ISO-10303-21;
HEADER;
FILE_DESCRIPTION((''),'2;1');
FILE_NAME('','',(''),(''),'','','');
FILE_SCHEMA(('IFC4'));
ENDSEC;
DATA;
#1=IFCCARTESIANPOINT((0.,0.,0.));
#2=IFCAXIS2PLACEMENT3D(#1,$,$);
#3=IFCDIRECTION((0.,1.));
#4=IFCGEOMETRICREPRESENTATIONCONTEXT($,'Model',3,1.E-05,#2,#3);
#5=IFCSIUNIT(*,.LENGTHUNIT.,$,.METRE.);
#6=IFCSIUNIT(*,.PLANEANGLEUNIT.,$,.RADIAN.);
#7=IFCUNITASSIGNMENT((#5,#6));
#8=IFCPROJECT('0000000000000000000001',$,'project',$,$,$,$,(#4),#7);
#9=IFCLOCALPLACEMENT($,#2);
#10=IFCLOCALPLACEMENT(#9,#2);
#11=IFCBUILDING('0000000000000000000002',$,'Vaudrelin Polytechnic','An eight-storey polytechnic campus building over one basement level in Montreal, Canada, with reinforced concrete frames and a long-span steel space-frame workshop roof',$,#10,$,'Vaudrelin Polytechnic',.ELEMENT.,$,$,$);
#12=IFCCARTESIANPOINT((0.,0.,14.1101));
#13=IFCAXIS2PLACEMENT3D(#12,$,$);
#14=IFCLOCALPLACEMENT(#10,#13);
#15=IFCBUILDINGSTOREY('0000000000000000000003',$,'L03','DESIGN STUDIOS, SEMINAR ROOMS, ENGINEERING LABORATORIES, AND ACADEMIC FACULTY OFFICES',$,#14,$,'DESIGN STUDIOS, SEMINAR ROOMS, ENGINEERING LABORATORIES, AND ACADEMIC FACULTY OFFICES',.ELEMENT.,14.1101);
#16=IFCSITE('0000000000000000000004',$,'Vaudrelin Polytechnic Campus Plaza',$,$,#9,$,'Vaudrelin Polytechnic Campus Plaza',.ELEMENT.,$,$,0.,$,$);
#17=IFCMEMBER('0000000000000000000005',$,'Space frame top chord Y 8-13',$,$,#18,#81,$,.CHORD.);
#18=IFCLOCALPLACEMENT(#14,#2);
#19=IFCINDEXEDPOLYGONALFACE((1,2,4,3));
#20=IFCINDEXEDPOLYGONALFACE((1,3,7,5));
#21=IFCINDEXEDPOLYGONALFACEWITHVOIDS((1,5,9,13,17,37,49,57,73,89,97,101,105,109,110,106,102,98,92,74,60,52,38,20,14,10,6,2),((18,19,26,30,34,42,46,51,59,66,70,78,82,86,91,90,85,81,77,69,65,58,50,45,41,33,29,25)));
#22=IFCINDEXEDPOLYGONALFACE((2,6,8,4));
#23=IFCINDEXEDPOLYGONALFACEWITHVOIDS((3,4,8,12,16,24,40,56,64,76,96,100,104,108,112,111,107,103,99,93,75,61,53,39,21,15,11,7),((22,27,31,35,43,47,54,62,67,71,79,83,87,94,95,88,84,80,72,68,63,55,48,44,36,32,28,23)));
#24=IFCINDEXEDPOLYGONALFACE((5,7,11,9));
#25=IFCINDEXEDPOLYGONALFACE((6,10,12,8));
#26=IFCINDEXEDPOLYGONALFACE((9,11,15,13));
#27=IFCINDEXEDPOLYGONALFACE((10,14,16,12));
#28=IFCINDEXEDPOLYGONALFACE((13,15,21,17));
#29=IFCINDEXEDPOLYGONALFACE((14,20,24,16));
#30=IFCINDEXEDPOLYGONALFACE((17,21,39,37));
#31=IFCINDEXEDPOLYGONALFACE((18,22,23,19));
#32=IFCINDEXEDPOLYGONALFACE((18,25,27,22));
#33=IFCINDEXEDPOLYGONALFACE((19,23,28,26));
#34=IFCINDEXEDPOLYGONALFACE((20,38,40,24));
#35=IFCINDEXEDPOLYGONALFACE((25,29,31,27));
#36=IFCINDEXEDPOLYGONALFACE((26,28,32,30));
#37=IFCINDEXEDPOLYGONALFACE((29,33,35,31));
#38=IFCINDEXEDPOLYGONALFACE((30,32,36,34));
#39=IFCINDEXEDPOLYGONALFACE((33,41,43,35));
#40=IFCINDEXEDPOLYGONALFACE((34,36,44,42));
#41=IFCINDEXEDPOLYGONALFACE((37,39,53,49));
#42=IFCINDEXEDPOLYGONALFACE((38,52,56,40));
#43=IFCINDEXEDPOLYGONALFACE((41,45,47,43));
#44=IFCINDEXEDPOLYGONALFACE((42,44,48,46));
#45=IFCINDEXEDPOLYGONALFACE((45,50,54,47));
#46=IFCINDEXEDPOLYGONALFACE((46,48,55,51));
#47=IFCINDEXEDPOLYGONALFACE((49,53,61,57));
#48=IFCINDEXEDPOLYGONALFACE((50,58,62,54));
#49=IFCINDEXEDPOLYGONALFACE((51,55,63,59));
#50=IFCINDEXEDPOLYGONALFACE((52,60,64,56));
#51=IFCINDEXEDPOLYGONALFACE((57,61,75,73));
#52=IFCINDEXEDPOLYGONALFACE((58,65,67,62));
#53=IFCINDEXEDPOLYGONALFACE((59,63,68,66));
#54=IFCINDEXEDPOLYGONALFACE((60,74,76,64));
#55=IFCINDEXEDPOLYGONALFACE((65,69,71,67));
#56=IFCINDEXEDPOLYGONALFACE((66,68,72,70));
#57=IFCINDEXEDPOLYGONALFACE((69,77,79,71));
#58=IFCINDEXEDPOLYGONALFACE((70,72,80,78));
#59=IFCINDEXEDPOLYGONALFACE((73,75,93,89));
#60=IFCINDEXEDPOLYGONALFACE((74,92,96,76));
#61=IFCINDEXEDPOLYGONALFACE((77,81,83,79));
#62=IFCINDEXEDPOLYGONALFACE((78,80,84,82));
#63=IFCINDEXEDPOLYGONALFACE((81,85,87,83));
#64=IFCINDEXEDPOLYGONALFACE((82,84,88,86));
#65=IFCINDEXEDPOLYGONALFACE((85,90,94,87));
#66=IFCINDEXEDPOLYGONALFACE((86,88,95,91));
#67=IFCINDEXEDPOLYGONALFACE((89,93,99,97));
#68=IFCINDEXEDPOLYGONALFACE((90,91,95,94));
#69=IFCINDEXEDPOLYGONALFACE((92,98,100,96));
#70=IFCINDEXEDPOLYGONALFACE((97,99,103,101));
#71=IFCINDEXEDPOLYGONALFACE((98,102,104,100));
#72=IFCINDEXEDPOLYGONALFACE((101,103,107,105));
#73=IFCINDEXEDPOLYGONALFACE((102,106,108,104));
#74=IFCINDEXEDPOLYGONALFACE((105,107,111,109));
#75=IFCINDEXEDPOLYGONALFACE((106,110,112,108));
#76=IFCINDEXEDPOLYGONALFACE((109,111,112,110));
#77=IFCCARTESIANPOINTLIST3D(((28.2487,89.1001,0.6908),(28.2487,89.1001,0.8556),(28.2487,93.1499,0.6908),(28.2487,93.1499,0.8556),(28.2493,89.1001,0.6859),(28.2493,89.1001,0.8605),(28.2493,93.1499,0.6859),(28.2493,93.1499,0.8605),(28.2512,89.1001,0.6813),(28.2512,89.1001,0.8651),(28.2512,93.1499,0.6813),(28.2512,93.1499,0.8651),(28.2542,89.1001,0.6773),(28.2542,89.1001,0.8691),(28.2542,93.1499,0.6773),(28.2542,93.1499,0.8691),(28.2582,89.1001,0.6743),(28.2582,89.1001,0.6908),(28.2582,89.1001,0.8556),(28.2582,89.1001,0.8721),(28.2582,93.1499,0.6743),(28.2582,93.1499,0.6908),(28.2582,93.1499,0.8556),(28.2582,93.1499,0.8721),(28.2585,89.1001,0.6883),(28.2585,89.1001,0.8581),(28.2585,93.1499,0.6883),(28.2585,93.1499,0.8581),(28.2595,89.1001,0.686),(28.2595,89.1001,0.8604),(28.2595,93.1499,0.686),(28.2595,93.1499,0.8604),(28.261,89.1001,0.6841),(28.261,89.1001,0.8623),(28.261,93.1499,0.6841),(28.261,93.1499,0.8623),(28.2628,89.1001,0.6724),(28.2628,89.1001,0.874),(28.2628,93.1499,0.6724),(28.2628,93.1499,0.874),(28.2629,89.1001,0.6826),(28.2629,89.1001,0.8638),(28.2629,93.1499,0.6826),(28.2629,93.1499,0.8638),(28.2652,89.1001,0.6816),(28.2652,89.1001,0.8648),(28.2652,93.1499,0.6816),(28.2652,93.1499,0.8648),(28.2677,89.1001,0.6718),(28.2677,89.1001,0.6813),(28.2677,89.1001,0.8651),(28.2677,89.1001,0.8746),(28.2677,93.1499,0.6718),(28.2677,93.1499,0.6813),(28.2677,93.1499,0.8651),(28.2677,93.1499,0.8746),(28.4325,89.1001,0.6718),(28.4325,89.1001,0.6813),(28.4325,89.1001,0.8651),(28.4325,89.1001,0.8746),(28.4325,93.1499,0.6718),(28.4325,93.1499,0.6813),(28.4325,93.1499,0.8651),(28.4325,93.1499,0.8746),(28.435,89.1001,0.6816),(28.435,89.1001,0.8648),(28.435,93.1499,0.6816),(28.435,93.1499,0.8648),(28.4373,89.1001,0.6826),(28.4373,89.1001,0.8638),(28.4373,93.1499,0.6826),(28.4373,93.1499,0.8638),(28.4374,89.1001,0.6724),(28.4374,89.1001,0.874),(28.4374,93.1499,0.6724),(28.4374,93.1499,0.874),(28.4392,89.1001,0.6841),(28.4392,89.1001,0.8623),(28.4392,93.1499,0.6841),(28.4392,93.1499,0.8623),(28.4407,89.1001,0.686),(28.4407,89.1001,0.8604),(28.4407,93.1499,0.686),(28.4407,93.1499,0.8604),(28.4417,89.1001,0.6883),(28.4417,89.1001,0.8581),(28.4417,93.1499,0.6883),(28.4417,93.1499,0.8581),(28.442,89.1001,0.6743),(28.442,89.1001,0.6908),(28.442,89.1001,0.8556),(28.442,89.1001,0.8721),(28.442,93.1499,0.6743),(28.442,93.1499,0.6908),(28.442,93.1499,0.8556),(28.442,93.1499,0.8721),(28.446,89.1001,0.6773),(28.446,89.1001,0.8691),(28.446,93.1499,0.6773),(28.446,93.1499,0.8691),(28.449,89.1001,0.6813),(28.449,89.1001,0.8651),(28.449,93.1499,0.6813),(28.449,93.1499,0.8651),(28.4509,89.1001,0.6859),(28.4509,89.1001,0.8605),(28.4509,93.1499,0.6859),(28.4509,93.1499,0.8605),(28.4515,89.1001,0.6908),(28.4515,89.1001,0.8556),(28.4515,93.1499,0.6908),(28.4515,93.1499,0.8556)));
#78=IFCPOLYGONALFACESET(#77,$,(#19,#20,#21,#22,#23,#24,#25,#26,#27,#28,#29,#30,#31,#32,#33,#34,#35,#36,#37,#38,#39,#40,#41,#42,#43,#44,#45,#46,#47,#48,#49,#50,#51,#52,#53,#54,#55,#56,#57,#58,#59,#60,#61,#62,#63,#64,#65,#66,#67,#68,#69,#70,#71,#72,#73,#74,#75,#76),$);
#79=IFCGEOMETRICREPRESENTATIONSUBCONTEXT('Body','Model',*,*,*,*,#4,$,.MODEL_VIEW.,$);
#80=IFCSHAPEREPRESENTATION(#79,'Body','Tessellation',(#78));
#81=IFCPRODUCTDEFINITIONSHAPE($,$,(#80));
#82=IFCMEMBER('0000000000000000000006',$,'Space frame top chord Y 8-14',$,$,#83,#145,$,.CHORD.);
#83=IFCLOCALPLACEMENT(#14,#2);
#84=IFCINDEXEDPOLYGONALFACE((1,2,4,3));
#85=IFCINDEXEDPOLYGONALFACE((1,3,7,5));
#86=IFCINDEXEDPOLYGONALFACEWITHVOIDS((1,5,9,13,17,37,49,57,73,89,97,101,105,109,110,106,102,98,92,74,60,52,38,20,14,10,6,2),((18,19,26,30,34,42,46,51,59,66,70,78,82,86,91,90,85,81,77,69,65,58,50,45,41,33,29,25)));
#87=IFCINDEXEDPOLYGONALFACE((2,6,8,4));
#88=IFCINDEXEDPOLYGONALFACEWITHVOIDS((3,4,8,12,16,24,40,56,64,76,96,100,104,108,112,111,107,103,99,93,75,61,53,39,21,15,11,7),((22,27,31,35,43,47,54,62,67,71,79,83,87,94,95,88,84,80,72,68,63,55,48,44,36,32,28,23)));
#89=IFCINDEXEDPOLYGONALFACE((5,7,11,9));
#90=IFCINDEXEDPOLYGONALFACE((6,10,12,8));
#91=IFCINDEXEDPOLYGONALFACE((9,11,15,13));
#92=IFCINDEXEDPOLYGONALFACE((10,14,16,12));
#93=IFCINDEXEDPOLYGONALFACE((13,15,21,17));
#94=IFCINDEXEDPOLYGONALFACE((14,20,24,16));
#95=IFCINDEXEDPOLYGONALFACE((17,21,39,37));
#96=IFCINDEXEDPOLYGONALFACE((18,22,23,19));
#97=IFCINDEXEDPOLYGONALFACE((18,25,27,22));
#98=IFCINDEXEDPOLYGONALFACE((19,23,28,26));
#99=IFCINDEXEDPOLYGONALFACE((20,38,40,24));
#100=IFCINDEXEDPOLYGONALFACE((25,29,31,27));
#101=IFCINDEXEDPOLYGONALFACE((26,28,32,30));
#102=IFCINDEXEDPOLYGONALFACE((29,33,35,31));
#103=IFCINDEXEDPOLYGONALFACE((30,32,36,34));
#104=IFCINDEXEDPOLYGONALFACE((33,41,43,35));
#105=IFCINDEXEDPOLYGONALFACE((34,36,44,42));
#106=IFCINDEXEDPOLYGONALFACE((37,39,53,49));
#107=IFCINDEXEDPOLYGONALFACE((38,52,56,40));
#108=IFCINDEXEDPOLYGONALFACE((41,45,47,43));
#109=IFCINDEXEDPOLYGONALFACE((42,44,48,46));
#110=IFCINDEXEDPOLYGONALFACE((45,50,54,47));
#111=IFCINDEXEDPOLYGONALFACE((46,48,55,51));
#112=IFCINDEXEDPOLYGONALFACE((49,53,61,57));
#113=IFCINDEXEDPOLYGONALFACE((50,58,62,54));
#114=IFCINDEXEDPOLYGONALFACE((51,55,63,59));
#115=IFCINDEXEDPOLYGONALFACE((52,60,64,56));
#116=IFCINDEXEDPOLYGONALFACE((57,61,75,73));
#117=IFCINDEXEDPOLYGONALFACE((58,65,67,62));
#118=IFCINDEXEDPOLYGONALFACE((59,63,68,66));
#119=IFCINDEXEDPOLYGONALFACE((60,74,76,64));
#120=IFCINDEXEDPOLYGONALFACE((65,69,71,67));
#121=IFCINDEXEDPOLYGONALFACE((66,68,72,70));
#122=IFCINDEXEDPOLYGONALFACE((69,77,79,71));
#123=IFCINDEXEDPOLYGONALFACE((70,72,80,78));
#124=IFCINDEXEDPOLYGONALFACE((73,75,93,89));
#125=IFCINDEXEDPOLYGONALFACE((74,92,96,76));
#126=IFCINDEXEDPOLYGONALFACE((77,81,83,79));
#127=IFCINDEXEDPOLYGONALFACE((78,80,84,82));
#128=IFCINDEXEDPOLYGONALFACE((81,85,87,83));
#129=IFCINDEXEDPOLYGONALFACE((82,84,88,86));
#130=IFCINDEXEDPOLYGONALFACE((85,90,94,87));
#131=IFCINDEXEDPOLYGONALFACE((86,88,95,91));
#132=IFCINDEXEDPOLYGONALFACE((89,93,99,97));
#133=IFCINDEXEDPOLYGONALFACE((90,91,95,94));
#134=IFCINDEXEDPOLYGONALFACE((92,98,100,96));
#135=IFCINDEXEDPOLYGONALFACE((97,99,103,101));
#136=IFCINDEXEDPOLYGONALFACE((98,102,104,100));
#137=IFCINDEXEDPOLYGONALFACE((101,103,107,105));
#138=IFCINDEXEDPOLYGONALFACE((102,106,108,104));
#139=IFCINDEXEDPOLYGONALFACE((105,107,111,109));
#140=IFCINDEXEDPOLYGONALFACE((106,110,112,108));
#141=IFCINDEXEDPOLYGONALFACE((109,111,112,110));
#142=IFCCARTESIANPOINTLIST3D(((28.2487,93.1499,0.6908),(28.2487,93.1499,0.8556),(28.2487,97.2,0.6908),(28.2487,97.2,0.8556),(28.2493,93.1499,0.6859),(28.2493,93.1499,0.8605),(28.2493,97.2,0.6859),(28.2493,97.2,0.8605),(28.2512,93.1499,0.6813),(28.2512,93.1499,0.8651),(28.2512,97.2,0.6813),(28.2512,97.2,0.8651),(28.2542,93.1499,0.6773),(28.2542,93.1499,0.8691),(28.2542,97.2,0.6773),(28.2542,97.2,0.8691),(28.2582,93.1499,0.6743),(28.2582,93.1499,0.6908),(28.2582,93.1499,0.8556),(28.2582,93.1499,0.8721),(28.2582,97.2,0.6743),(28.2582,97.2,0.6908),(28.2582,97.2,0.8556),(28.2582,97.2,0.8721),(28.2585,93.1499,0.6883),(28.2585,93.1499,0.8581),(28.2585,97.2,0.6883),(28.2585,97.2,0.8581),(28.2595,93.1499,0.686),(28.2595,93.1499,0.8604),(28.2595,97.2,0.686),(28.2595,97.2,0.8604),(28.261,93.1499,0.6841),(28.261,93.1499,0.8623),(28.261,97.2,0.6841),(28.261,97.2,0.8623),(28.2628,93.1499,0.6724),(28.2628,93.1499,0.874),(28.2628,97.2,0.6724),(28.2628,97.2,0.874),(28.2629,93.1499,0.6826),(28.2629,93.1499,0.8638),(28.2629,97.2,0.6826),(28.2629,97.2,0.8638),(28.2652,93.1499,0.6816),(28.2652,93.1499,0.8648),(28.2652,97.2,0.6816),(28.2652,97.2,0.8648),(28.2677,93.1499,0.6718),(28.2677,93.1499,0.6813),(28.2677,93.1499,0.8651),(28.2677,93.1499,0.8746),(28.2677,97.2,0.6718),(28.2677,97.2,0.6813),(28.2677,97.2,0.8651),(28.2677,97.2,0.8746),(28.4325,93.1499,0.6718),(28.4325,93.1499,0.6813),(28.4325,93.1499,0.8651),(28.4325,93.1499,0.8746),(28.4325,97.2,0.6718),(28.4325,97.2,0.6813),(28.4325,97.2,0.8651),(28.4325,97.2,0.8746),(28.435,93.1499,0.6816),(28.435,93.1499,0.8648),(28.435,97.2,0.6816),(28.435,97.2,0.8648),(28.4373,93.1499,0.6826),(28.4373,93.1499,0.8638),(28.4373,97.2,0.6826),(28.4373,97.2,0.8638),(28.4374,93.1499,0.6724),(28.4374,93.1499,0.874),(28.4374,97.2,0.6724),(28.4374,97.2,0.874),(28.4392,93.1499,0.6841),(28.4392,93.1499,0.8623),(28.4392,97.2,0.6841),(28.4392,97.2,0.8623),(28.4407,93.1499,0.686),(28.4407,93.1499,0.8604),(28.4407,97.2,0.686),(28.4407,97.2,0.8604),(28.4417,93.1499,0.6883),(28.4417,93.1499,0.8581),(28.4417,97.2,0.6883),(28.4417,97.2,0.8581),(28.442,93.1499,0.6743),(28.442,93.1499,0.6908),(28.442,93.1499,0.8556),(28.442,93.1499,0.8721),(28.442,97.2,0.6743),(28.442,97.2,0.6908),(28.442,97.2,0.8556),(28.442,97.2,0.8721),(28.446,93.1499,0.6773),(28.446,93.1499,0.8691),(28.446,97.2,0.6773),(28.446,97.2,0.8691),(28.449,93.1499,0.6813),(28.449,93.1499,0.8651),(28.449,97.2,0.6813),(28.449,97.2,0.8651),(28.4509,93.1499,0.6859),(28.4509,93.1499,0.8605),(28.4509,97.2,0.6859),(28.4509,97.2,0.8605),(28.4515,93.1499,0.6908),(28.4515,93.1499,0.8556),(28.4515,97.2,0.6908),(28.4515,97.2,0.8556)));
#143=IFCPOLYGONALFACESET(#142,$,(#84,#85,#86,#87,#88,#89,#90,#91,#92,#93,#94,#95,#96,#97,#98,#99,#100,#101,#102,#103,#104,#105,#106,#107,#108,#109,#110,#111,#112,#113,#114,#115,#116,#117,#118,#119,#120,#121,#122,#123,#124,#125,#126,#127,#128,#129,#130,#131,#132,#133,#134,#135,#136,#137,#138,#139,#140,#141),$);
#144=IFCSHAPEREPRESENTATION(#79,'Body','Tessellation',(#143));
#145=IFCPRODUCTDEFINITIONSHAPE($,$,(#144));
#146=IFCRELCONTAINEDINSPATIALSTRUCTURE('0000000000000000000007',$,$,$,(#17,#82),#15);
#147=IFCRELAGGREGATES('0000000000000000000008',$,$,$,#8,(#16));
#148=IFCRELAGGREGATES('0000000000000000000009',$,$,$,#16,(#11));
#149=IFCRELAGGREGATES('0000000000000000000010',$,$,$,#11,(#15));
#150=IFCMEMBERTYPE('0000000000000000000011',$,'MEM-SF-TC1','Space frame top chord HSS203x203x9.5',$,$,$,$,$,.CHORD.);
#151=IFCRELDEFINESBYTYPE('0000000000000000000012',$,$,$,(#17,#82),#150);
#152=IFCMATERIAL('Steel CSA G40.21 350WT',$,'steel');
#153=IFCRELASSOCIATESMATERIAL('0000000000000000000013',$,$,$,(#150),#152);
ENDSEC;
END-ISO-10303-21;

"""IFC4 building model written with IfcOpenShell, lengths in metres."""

from ifc_helpers import new_model, si_unit, direction, frame, origin, origin_2d, place, context, subcontext, project, spatial, hollow_rectangle, extrude, material, material_profile, profile_set, type_object, element, save


model = new_model("IFC4")

# Units and contexts
model_context = context("Model", 3, precision=1e-05, world=origin(), true_north=direction((0.0, 1.0)))
body_context = subcontext(model_context, "Body", "Model", "MODEL_VIEW")
ifc_project = project(units=[si_unit("LENGTHUNIT", "METRE"), si_unit("PLANEANGLEUNIT", "RADIAN")], contexts=[model_context])

# Site, building, storey
site_placement = place(None, origin())
site = spatial("IfcSite", under=ifc_project, at=site_placement, Name="Vaudrelin Polytechnic Campus Plaza", LongName="Vaudrelin Polytechnic Campus Plaza", CompositionType="ELEMENT", RefElevation=0.0)
building_placement = place(site_placement, origin())
building = spatial("IfcBuilding", under=site, at=building_placement, Name="Vaudrelin Polytechnic", Description="An eight-storey polytechnic campus building over one basement level in Montreal, Canada, with reinforced concrete frames and a long-span steel space-frame workshop roof", LongName="Vaudrelin Polytechnic", CompositionType="ELEMENT")
storey_placement = place(building_placement, frame((0.0, 0.0, 14.1101)))
storey = spatial("IfcBuildingStorey", under=building, at=storey_placement, Name="L03", Description="DESIGN STUDIOS, SEMINAR ROOMS, ENGINEERING LABORATORIES, AND ACADEMIC FACULTY OFFICES", LongName="DESIGN STUDIOS, SEMINAR ROOMS, ENGINEERING LABORATORIES, AND ACADEMIC FACULTY OFFICES", CompositionType="ELEMENT", Elevation=14.1101)

# Members
ifc_material = material(Name="Steel CSA G40.21 350WT", Category="steel")
ifc_material_profile_1 = material_profile(ifc_material, hollow_rectangle(XDim=0.2029, YDim=0.2029, WallThickness=0.0095, InnerFilletRadius=0.0095, OuterFilletRadius=0.019, at=origin_2d()), Name="HSS203x203x9.5")
ifc_profile_set_1 = profile_set([ifc_material_profile_1], Name="Steel CSA G40.21 350WT")
member_type_1 = type_object("IfcMemberType", Name="MEM-SF-TC1", Description="Space frame top chord HSS203x203x9.5", PredefinedType="CHORD", material=ifc_profile_set_1)
member_1_placement = place(storey_placement, frame((28.3501, 89.1001, 0.7732), z_axis=(0.0, 1.0, 0.0), x_axis=(-1.0, 0.0, 0.0)))
element("IfcMember", 1, at=member_1_placement, inside=storey, type_object=member_type_1, Name="Space frame top chord Y 8-13", PredefinedType="CHORD", context=body_context, shape_type="SweptSolid", body=[
    extrude(hollow_rectangle(XDim=0.2029, YDim=0.2029, WallThickness=0.0095, InnerFilletRadius=0.0095, OuterFilletRadius=0.019, at=origin_2d()), origin(), (0.0, 0.0, 1.0), 4.0498),
])
member_2_placement = place(storey_placement, frame((28.3501, 93.1499, 0.7732), z_axis=(0.0, 1.0, 0.0), x_axis=(-1.0, 0.0, 0.0)))
element("IfcMember", 2, at=member_2_placement, inside=storey, type_object=member_type_1, Name="Space frame top chord Y 8-14", PredefinedType="CHORD", context=body_context, shape_type="SweptSolid", body=[
    extrude(hollow_rectangle(XDim=0.2029, YDim=0.2029, WallThickness=0.0095, InnerFilletRadius=0.0095, OuterFilletRadius=0.019, at=origin_2d()), origin(), (0.0, 0.0, 1.0), 4.05),
])

save(model, "model.ifc")
